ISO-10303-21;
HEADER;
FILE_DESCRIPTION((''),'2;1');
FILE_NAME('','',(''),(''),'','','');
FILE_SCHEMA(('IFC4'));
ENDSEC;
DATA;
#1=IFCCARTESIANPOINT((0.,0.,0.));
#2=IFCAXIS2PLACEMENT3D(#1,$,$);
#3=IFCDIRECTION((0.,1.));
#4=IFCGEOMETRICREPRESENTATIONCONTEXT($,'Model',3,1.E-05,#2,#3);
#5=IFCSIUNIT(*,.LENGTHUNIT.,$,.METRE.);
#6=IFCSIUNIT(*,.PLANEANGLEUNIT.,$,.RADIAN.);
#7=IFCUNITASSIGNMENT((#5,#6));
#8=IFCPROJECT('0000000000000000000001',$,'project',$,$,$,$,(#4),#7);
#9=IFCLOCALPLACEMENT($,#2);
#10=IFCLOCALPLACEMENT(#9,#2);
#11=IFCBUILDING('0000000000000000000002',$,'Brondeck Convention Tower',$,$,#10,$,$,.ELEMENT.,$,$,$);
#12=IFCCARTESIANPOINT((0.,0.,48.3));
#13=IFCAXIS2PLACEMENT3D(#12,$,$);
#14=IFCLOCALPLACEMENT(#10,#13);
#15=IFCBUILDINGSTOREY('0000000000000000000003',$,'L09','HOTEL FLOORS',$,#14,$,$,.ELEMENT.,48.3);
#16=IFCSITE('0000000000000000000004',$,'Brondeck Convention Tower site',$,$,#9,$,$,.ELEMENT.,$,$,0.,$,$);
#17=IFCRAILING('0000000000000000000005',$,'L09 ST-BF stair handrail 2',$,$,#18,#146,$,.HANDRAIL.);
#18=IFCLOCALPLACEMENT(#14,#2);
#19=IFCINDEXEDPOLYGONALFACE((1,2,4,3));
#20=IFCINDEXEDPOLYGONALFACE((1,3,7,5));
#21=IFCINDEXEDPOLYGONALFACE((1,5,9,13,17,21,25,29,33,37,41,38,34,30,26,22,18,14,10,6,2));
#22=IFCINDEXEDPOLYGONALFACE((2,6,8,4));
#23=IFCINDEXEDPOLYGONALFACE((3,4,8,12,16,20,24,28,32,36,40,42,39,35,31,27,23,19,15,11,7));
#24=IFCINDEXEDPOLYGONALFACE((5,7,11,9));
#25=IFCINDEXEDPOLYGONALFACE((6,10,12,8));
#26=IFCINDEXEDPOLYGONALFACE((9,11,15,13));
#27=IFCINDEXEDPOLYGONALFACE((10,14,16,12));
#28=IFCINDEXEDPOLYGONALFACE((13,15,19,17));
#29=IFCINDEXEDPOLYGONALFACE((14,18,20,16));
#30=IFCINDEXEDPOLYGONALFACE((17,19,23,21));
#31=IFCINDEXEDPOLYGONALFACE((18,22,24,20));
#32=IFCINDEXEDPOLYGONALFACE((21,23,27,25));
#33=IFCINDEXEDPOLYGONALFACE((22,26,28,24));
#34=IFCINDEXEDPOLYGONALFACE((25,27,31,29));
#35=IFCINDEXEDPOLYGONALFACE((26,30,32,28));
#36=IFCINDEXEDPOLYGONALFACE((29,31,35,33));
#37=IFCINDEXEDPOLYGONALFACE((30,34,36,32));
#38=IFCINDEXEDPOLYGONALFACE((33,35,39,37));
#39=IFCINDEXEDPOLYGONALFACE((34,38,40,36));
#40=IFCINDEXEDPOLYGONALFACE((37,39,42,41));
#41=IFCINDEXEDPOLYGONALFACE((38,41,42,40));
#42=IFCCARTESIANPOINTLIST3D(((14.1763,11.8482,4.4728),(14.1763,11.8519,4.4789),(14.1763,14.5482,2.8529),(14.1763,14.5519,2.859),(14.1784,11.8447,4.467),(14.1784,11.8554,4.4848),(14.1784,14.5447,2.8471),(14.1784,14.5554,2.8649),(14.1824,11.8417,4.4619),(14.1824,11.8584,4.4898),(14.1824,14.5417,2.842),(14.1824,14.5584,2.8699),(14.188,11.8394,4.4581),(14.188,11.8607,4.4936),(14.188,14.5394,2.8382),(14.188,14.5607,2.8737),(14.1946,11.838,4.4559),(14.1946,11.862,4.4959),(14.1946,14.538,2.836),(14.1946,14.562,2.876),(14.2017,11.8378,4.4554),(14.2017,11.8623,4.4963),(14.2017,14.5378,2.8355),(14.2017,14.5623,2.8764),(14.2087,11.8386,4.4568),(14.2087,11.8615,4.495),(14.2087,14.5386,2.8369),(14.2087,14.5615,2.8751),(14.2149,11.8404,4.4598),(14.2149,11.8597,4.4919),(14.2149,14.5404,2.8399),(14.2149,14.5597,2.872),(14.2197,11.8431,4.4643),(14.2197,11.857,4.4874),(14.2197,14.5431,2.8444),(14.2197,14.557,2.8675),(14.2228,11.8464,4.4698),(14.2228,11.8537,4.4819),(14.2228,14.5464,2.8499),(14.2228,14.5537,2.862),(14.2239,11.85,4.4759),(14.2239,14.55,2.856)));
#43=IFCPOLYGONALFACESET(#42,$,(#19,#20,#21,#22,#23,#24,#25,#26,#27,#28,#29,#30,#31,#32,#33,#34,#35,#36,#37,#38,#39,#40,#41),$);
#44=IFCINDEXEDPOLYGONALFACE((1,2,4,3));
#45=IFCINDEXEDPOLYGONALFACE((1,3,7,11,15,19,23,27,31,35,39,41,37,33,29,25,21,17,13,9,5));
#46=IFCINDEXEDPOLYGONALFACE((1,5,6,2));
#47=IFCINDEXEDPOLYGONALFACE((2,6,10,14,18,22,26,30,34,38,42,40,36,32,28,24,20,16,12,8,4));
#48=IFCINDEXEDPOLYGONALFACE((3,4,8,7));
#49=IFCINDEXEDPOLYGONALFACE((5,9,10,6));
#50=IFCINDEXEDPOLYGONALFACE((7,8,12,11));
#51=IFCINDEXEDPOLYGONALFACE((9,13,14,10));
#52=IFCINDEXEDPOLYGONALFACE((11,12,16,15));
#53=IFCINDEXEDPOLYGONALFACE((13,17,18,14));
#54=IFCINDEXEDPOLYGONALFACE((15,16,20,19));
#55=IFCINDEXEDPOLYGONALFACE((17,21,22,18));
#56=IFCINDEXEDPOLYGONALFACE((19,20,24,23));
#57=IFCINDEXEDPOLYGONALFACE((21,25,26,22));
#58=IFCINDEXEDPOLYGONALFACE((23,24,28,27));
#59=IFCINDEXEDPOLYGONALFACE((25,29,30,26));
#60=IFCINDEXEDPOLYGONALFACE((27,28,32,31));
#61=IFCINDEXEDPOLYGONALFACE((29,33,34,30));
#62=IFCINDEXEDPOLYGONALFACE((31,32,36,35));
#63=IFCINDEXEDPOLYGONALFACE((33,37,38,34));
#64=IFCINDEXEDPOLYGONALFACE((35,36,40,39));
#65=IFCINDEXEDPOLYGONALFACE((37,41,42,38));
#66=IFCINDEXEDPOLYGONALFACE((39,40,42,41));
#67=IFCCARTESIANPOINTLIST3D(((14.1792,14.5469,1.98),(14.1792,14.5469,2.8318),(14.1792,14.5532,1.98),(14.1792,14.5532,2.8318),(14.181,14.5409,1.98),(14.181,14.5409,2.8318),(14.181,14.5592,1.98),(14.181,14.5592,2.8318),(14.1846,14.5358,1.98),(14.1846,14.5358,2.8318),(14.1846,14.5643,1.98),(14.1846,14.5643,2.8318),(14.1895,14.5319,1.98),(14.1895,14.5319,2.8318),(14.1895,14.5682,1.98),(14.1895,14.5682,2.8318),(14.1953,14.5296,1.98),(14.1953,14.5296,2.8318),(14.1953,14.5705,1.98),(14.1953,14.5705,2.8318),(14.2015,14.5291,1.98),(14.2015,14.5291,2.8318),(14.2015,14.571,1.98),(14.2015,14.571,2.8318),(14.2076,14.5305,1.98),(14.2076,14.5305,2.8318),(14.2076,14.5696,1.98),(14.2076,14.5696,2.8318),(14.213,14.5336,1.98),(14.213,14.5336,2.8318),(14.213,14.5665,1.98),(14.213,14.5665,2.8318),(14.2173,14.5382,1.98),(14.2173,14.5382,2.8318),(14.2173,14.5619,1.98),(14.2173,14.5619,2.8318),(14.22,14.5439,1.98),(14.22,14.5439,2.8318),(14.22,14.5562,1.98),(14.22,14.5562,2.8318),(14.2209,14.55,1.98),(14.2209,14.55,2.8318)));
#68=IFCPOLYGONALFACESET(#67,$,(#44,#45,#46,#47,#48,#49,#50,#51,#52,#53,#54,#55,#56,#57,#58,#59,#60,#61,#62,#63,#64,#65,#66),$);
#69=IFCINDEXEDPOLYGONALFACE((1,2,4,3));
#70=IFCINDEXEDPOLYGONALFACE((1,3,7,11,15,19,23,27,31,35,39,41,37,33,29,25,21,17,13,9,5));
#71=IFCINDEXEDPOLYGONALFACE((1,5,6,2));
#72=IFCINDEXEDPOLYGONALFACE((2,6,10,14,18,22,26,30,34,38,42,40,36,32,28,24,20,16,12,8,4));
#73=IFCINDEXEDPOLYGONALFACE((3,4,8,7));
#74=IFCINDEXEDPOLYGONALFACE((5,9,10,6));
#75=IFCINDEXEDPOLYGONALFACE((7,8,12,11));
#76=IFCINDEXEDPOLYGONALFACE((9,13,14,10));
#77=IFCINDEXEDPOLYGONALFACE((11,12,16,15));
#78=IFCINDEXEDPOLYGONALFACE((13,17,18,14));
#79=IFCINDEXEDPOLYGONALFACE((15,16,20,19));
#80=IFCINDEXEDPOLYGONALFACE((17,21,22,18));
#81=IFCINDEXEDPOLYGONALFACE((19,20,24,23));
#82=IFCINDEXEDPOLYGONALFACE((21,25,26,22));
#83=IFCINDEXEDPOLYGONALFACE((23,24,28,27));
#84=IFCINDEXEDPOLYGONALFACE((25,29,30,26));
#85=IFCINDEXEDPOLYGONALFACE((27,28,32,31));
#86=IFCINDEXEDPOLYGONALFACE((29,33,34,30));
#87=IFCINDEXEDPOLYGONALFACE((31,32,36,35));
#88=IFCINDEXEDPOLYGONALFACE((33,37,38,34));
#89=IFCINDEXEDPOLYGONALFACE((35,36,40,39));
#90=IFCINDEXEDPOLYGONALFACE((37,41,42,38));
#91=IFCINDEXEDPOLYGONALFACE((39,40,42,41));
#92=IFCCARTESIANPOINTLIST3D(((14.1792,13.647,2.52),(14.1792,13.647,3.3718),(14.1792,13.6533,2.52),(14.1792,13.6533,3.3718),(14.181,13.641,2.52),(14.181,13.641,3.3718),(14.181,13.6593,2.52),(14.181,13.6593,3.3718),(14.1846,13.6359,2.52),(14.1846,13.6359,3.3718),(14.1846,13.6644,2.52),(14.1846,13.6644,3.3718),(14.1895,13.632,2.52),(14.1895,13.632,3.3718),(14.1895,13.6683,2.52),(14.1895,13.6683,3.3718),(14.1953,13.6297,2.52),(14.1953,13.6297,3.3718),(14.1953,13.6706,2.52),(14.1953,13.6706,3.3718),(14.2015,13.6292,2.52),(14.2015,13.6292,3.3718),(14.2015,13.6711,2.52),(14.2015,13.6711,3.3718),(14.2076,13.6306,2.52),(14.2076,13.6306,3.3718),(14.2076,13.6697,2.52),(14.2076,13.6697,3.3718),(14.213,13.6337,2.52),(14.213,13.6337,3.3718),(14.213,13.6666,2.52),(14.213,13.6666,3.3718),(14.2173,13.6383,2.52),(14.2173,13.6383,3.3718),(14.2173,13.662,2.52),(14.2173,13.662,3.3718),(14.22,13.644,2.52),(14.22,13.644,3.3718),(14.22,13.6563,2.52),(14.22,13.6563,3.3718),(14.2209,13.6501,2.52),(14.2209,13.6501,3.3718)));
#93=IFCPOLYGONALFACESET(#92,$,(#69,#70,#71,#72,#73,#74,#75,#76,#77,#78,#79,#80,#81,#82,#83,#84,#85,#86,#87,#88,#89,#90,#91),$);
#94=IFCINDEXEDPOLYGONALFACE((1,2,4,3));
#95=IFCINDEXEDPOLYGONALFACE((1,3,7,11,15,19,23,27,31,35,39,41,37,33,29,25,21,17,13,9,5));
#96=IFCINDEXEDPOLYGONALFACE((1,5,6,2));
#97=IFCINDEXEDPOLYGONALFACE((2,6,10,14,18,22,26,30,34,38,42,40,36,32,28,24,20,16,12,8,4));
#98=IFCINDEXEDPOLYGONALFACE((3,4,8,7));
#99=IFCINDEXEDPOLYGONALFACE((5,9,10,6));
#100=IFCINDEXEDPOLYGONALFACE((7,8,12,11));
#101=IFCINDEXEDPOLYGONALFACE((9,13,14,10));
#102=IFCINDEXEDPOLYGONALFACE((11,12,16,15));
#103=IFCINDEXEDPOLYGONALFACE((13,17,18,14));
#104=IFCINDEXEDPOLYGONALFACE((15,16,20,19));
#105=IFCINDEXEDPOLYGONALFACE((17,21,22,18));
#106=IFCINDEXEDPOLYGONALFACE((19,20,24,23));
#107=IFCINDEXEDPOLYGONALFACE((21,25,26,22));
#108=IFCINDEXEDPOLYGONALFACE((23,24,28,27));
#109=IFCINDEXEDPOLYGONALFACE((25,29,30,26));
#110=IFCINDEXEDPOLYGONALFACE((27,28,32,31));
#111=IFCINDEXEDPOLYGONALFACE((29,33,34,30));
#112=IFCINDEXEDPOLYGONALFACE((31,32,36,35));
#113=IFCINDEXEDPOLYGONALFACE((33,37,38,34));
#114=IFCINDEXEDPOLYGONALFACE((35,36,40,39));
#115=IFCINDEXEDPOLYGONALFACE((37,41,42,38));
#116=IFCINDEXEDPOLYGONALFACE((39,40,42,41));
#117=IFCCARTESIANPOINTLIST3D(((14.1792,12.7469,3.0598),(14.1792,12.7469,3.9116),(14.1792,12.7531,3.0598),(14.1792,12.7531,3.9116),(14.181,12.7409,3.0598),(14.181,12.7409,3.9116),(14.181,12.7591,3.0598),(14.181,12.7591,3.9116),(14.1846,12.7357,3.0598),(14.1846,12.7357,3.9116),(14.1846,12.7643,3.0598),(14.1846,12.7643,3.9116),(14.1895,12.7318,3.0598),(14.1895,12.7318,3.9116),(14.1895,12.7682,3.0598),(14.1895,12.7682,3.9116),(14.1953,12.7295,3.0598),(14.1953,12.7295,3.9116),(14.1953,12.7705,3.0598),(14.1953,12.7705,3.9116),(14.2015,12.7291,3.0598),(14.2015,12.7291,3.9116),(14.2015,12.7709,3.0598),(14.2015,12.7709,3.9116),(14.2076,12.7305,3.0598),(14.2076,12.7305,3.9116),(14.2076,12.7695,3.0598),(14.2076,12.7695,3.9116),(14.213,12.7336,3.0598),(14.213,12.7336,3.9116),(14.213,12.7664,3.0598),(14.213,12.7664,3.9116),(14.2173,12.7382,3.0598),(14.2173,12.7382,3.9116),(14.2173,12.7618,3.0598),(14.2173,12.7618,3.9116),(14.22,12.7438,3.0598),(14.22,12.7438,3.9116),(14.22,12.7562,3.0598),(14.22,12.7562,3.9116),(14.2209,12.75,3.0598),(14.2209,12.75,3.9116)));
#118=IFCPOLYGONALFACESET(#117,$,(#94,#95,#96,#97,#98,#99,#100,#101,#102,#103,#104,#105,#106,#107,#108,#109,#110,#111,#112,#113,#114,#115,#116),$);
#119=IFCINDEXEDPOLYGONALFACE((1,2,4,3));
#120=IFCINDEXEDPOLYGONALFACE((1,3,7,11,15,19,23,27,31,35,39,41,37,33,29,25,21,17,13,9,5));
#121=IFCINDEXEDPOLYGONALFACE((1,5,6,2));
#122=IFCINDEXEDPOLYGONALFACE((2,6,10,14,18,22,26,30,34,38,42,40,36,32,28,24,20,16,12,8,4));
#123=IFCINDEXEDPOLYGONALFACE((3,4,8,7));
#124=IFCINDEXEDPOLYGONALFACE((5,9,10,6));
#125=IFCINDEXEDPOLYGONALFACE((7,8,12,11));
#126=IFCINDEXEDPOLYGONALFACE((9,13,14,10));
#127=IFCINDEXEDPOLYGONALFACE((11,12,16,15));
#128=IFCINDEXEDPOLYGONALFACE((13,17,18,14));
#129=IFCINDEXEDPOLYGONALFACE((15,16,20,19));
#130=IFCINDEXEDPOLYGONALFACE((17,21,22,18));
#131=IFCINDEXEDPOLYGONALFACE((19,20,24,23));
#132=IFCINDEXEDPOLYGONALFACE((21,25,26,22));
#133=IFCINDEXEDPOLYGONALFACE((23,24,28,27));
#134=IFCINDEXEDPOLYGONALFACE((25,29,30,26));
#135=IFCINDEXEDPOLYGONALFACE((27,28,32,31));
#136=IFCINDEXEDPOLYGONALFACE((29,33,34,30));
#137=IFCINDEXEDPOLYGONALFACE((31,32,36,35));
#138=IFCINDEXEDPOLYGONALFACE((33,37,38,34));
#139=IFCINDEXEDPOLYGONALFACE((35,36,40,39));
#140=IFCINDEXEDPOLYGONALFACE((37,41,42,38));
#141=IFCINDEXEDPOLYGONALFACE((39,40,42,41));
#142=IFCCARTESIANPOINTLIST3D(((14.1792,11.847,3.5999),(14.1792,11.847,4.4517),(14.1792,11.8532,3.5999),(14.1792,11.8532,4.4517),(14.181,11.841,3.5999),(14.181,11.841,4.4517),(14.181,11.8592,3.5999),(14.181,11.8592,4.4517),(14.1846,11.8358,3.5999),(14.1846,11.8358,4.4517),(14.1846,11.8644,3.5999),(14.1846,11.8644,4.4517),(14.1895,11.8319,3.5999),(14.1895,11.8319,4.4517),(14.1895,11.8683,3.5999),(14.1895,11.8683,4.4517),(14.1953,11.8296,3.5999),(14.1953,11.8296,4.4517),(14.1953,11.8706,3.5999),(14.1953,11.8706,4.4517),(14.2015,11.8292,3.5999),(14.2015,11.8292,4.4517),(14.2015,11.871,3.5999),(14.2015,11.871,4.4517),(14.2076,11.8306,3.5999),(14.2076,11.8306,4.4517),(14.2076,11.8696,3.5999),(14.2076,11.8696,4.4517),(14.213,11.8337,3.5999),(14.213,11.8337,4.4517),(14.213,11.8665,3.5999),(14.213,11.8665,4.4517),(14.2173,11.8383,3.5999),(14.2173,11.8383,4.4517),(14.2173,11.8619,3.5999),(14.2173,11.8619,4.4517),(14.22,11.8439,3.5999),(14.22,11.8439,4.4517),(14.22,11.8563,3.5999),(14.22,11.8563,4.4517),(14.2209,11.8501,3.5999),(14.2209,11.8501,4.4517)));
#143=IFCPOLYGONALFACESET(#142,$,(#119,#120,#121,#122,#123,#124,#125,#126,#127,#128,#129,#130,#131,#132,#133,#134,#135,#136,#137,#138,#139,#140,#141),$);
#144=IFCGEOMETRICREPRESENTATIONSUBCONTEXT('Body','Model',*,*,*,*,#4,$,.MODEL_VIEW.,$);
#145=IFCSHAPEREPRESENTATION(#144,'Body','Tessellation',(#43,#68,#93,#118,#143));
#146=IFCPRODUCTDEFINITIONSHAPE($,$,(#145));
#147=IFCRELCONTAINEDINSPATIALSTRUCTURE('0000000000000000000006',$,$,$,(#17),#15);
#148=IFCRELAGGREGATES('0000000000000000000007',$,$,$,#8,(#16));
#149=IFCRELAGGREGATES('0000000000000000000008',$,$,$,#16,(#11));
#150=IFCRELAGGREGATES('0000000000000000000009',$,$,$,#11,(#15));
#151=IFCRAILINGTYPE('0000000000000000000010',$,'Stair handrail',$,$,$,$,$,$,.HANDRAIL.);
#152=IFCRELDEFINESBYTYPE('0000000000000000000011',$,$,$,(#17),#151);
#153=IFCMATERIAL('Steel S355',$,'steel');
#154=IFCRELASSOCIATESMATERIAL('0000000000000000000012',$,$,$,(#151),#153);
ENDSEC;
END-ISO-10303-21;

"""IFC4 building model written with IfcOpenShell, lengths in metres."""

from ifc_helpers import new_model, si_unit, direction, frame, origin, origin_2d, place, context, subcontext, project, spatial, circle, extrude, material, type_object, element, save


model = new_model("IFC4")

# Units and contexts
model_context = context("Model", 3, precision=1e-05, world=origin(), true_north=direction((0.0, 1.0)))
body_context = subcontext(model_context, "Body", "Model", "MODEL_VIEW")
ifc_project = project(units=[si_unit("LENGTHUNIT", "METRE"), si_unit("PLANEANGLEUNIT", "RADIAN")], contexts=[model_context])

# Site, building, storey
site_placement = place(None, origin())
site = spatial("IfcSite", under=ifc_project, at=site_placement, Name="Brondeck Convention Tower site", CompositionType="ELEMENT", RefElevation=0.0)
building_placement = place(site_placement, origin())
building = spatial("IfcBuilding", under=site, at=building_placement, Name="Brondeck Convention Tower", CompositionType="ELEMENT")
storey_placement = place(building_placement, frame((0.0, 0.0, 48.3)))
storey = spatial("IfcBuildingStorey", under=building, at=storey_placement, Name="L09", Description="HOTEL FLOORS", CompositionType="ELEMENT", Elevation=48.3)

# Shared definitions
ifc_material_1 = material(Name="Steel S355", Category="steel")

# Railing
railing_type_1 = type_object("IfcRailingType", Name="Stair handrail", PredefinedType="HANDRAIL", material=ifc_material_1)
railing_1_placement = place(storey_placement, frame((14.2, 14.55, 1.98)))
element("IfcRailing", 1, at=railing_1_placement, inside=storey, type_object=railing_type_1, Name="L09 ST-BF stair handrail 2", PredefinedType="HANDRAIL", context=body_context, shape_type="SweptSolid", body=[
    extrude(circle(Radius=0.0239, at=origin_2d()), frame((0.0, 0.0, 0.876), z_axis=(0.0, -0.857507, 0.514473), x_axis=(1.0, 0.0, 0.0)), (0.0, 0.0, 1.0), 3.1487),
    extrude(circle(Radius=0.021, at=origin_2d()), origin(), (0.0, 0.0, 1.0), 0.8518),
    extrude(circle(Radius=0.021, at=origin_2d()), frame((0.0, -0.8999, 0.54)), (0.0, 0.0, 1.0), 0.8518),
    extrude(circle(Radius=0.021, at=origin_2d()), frame((0.0, -1.8, 1.0798)), (0.0, 0.0, 1.0), 0.8518),
    extrude(circle(Radius=0.021, at=origin_2d()), frame((0.0, -2.7, 1.6199)), (0.0, 0.0, 1.0), 0.8518),
])

save(model, "model.ifc")
